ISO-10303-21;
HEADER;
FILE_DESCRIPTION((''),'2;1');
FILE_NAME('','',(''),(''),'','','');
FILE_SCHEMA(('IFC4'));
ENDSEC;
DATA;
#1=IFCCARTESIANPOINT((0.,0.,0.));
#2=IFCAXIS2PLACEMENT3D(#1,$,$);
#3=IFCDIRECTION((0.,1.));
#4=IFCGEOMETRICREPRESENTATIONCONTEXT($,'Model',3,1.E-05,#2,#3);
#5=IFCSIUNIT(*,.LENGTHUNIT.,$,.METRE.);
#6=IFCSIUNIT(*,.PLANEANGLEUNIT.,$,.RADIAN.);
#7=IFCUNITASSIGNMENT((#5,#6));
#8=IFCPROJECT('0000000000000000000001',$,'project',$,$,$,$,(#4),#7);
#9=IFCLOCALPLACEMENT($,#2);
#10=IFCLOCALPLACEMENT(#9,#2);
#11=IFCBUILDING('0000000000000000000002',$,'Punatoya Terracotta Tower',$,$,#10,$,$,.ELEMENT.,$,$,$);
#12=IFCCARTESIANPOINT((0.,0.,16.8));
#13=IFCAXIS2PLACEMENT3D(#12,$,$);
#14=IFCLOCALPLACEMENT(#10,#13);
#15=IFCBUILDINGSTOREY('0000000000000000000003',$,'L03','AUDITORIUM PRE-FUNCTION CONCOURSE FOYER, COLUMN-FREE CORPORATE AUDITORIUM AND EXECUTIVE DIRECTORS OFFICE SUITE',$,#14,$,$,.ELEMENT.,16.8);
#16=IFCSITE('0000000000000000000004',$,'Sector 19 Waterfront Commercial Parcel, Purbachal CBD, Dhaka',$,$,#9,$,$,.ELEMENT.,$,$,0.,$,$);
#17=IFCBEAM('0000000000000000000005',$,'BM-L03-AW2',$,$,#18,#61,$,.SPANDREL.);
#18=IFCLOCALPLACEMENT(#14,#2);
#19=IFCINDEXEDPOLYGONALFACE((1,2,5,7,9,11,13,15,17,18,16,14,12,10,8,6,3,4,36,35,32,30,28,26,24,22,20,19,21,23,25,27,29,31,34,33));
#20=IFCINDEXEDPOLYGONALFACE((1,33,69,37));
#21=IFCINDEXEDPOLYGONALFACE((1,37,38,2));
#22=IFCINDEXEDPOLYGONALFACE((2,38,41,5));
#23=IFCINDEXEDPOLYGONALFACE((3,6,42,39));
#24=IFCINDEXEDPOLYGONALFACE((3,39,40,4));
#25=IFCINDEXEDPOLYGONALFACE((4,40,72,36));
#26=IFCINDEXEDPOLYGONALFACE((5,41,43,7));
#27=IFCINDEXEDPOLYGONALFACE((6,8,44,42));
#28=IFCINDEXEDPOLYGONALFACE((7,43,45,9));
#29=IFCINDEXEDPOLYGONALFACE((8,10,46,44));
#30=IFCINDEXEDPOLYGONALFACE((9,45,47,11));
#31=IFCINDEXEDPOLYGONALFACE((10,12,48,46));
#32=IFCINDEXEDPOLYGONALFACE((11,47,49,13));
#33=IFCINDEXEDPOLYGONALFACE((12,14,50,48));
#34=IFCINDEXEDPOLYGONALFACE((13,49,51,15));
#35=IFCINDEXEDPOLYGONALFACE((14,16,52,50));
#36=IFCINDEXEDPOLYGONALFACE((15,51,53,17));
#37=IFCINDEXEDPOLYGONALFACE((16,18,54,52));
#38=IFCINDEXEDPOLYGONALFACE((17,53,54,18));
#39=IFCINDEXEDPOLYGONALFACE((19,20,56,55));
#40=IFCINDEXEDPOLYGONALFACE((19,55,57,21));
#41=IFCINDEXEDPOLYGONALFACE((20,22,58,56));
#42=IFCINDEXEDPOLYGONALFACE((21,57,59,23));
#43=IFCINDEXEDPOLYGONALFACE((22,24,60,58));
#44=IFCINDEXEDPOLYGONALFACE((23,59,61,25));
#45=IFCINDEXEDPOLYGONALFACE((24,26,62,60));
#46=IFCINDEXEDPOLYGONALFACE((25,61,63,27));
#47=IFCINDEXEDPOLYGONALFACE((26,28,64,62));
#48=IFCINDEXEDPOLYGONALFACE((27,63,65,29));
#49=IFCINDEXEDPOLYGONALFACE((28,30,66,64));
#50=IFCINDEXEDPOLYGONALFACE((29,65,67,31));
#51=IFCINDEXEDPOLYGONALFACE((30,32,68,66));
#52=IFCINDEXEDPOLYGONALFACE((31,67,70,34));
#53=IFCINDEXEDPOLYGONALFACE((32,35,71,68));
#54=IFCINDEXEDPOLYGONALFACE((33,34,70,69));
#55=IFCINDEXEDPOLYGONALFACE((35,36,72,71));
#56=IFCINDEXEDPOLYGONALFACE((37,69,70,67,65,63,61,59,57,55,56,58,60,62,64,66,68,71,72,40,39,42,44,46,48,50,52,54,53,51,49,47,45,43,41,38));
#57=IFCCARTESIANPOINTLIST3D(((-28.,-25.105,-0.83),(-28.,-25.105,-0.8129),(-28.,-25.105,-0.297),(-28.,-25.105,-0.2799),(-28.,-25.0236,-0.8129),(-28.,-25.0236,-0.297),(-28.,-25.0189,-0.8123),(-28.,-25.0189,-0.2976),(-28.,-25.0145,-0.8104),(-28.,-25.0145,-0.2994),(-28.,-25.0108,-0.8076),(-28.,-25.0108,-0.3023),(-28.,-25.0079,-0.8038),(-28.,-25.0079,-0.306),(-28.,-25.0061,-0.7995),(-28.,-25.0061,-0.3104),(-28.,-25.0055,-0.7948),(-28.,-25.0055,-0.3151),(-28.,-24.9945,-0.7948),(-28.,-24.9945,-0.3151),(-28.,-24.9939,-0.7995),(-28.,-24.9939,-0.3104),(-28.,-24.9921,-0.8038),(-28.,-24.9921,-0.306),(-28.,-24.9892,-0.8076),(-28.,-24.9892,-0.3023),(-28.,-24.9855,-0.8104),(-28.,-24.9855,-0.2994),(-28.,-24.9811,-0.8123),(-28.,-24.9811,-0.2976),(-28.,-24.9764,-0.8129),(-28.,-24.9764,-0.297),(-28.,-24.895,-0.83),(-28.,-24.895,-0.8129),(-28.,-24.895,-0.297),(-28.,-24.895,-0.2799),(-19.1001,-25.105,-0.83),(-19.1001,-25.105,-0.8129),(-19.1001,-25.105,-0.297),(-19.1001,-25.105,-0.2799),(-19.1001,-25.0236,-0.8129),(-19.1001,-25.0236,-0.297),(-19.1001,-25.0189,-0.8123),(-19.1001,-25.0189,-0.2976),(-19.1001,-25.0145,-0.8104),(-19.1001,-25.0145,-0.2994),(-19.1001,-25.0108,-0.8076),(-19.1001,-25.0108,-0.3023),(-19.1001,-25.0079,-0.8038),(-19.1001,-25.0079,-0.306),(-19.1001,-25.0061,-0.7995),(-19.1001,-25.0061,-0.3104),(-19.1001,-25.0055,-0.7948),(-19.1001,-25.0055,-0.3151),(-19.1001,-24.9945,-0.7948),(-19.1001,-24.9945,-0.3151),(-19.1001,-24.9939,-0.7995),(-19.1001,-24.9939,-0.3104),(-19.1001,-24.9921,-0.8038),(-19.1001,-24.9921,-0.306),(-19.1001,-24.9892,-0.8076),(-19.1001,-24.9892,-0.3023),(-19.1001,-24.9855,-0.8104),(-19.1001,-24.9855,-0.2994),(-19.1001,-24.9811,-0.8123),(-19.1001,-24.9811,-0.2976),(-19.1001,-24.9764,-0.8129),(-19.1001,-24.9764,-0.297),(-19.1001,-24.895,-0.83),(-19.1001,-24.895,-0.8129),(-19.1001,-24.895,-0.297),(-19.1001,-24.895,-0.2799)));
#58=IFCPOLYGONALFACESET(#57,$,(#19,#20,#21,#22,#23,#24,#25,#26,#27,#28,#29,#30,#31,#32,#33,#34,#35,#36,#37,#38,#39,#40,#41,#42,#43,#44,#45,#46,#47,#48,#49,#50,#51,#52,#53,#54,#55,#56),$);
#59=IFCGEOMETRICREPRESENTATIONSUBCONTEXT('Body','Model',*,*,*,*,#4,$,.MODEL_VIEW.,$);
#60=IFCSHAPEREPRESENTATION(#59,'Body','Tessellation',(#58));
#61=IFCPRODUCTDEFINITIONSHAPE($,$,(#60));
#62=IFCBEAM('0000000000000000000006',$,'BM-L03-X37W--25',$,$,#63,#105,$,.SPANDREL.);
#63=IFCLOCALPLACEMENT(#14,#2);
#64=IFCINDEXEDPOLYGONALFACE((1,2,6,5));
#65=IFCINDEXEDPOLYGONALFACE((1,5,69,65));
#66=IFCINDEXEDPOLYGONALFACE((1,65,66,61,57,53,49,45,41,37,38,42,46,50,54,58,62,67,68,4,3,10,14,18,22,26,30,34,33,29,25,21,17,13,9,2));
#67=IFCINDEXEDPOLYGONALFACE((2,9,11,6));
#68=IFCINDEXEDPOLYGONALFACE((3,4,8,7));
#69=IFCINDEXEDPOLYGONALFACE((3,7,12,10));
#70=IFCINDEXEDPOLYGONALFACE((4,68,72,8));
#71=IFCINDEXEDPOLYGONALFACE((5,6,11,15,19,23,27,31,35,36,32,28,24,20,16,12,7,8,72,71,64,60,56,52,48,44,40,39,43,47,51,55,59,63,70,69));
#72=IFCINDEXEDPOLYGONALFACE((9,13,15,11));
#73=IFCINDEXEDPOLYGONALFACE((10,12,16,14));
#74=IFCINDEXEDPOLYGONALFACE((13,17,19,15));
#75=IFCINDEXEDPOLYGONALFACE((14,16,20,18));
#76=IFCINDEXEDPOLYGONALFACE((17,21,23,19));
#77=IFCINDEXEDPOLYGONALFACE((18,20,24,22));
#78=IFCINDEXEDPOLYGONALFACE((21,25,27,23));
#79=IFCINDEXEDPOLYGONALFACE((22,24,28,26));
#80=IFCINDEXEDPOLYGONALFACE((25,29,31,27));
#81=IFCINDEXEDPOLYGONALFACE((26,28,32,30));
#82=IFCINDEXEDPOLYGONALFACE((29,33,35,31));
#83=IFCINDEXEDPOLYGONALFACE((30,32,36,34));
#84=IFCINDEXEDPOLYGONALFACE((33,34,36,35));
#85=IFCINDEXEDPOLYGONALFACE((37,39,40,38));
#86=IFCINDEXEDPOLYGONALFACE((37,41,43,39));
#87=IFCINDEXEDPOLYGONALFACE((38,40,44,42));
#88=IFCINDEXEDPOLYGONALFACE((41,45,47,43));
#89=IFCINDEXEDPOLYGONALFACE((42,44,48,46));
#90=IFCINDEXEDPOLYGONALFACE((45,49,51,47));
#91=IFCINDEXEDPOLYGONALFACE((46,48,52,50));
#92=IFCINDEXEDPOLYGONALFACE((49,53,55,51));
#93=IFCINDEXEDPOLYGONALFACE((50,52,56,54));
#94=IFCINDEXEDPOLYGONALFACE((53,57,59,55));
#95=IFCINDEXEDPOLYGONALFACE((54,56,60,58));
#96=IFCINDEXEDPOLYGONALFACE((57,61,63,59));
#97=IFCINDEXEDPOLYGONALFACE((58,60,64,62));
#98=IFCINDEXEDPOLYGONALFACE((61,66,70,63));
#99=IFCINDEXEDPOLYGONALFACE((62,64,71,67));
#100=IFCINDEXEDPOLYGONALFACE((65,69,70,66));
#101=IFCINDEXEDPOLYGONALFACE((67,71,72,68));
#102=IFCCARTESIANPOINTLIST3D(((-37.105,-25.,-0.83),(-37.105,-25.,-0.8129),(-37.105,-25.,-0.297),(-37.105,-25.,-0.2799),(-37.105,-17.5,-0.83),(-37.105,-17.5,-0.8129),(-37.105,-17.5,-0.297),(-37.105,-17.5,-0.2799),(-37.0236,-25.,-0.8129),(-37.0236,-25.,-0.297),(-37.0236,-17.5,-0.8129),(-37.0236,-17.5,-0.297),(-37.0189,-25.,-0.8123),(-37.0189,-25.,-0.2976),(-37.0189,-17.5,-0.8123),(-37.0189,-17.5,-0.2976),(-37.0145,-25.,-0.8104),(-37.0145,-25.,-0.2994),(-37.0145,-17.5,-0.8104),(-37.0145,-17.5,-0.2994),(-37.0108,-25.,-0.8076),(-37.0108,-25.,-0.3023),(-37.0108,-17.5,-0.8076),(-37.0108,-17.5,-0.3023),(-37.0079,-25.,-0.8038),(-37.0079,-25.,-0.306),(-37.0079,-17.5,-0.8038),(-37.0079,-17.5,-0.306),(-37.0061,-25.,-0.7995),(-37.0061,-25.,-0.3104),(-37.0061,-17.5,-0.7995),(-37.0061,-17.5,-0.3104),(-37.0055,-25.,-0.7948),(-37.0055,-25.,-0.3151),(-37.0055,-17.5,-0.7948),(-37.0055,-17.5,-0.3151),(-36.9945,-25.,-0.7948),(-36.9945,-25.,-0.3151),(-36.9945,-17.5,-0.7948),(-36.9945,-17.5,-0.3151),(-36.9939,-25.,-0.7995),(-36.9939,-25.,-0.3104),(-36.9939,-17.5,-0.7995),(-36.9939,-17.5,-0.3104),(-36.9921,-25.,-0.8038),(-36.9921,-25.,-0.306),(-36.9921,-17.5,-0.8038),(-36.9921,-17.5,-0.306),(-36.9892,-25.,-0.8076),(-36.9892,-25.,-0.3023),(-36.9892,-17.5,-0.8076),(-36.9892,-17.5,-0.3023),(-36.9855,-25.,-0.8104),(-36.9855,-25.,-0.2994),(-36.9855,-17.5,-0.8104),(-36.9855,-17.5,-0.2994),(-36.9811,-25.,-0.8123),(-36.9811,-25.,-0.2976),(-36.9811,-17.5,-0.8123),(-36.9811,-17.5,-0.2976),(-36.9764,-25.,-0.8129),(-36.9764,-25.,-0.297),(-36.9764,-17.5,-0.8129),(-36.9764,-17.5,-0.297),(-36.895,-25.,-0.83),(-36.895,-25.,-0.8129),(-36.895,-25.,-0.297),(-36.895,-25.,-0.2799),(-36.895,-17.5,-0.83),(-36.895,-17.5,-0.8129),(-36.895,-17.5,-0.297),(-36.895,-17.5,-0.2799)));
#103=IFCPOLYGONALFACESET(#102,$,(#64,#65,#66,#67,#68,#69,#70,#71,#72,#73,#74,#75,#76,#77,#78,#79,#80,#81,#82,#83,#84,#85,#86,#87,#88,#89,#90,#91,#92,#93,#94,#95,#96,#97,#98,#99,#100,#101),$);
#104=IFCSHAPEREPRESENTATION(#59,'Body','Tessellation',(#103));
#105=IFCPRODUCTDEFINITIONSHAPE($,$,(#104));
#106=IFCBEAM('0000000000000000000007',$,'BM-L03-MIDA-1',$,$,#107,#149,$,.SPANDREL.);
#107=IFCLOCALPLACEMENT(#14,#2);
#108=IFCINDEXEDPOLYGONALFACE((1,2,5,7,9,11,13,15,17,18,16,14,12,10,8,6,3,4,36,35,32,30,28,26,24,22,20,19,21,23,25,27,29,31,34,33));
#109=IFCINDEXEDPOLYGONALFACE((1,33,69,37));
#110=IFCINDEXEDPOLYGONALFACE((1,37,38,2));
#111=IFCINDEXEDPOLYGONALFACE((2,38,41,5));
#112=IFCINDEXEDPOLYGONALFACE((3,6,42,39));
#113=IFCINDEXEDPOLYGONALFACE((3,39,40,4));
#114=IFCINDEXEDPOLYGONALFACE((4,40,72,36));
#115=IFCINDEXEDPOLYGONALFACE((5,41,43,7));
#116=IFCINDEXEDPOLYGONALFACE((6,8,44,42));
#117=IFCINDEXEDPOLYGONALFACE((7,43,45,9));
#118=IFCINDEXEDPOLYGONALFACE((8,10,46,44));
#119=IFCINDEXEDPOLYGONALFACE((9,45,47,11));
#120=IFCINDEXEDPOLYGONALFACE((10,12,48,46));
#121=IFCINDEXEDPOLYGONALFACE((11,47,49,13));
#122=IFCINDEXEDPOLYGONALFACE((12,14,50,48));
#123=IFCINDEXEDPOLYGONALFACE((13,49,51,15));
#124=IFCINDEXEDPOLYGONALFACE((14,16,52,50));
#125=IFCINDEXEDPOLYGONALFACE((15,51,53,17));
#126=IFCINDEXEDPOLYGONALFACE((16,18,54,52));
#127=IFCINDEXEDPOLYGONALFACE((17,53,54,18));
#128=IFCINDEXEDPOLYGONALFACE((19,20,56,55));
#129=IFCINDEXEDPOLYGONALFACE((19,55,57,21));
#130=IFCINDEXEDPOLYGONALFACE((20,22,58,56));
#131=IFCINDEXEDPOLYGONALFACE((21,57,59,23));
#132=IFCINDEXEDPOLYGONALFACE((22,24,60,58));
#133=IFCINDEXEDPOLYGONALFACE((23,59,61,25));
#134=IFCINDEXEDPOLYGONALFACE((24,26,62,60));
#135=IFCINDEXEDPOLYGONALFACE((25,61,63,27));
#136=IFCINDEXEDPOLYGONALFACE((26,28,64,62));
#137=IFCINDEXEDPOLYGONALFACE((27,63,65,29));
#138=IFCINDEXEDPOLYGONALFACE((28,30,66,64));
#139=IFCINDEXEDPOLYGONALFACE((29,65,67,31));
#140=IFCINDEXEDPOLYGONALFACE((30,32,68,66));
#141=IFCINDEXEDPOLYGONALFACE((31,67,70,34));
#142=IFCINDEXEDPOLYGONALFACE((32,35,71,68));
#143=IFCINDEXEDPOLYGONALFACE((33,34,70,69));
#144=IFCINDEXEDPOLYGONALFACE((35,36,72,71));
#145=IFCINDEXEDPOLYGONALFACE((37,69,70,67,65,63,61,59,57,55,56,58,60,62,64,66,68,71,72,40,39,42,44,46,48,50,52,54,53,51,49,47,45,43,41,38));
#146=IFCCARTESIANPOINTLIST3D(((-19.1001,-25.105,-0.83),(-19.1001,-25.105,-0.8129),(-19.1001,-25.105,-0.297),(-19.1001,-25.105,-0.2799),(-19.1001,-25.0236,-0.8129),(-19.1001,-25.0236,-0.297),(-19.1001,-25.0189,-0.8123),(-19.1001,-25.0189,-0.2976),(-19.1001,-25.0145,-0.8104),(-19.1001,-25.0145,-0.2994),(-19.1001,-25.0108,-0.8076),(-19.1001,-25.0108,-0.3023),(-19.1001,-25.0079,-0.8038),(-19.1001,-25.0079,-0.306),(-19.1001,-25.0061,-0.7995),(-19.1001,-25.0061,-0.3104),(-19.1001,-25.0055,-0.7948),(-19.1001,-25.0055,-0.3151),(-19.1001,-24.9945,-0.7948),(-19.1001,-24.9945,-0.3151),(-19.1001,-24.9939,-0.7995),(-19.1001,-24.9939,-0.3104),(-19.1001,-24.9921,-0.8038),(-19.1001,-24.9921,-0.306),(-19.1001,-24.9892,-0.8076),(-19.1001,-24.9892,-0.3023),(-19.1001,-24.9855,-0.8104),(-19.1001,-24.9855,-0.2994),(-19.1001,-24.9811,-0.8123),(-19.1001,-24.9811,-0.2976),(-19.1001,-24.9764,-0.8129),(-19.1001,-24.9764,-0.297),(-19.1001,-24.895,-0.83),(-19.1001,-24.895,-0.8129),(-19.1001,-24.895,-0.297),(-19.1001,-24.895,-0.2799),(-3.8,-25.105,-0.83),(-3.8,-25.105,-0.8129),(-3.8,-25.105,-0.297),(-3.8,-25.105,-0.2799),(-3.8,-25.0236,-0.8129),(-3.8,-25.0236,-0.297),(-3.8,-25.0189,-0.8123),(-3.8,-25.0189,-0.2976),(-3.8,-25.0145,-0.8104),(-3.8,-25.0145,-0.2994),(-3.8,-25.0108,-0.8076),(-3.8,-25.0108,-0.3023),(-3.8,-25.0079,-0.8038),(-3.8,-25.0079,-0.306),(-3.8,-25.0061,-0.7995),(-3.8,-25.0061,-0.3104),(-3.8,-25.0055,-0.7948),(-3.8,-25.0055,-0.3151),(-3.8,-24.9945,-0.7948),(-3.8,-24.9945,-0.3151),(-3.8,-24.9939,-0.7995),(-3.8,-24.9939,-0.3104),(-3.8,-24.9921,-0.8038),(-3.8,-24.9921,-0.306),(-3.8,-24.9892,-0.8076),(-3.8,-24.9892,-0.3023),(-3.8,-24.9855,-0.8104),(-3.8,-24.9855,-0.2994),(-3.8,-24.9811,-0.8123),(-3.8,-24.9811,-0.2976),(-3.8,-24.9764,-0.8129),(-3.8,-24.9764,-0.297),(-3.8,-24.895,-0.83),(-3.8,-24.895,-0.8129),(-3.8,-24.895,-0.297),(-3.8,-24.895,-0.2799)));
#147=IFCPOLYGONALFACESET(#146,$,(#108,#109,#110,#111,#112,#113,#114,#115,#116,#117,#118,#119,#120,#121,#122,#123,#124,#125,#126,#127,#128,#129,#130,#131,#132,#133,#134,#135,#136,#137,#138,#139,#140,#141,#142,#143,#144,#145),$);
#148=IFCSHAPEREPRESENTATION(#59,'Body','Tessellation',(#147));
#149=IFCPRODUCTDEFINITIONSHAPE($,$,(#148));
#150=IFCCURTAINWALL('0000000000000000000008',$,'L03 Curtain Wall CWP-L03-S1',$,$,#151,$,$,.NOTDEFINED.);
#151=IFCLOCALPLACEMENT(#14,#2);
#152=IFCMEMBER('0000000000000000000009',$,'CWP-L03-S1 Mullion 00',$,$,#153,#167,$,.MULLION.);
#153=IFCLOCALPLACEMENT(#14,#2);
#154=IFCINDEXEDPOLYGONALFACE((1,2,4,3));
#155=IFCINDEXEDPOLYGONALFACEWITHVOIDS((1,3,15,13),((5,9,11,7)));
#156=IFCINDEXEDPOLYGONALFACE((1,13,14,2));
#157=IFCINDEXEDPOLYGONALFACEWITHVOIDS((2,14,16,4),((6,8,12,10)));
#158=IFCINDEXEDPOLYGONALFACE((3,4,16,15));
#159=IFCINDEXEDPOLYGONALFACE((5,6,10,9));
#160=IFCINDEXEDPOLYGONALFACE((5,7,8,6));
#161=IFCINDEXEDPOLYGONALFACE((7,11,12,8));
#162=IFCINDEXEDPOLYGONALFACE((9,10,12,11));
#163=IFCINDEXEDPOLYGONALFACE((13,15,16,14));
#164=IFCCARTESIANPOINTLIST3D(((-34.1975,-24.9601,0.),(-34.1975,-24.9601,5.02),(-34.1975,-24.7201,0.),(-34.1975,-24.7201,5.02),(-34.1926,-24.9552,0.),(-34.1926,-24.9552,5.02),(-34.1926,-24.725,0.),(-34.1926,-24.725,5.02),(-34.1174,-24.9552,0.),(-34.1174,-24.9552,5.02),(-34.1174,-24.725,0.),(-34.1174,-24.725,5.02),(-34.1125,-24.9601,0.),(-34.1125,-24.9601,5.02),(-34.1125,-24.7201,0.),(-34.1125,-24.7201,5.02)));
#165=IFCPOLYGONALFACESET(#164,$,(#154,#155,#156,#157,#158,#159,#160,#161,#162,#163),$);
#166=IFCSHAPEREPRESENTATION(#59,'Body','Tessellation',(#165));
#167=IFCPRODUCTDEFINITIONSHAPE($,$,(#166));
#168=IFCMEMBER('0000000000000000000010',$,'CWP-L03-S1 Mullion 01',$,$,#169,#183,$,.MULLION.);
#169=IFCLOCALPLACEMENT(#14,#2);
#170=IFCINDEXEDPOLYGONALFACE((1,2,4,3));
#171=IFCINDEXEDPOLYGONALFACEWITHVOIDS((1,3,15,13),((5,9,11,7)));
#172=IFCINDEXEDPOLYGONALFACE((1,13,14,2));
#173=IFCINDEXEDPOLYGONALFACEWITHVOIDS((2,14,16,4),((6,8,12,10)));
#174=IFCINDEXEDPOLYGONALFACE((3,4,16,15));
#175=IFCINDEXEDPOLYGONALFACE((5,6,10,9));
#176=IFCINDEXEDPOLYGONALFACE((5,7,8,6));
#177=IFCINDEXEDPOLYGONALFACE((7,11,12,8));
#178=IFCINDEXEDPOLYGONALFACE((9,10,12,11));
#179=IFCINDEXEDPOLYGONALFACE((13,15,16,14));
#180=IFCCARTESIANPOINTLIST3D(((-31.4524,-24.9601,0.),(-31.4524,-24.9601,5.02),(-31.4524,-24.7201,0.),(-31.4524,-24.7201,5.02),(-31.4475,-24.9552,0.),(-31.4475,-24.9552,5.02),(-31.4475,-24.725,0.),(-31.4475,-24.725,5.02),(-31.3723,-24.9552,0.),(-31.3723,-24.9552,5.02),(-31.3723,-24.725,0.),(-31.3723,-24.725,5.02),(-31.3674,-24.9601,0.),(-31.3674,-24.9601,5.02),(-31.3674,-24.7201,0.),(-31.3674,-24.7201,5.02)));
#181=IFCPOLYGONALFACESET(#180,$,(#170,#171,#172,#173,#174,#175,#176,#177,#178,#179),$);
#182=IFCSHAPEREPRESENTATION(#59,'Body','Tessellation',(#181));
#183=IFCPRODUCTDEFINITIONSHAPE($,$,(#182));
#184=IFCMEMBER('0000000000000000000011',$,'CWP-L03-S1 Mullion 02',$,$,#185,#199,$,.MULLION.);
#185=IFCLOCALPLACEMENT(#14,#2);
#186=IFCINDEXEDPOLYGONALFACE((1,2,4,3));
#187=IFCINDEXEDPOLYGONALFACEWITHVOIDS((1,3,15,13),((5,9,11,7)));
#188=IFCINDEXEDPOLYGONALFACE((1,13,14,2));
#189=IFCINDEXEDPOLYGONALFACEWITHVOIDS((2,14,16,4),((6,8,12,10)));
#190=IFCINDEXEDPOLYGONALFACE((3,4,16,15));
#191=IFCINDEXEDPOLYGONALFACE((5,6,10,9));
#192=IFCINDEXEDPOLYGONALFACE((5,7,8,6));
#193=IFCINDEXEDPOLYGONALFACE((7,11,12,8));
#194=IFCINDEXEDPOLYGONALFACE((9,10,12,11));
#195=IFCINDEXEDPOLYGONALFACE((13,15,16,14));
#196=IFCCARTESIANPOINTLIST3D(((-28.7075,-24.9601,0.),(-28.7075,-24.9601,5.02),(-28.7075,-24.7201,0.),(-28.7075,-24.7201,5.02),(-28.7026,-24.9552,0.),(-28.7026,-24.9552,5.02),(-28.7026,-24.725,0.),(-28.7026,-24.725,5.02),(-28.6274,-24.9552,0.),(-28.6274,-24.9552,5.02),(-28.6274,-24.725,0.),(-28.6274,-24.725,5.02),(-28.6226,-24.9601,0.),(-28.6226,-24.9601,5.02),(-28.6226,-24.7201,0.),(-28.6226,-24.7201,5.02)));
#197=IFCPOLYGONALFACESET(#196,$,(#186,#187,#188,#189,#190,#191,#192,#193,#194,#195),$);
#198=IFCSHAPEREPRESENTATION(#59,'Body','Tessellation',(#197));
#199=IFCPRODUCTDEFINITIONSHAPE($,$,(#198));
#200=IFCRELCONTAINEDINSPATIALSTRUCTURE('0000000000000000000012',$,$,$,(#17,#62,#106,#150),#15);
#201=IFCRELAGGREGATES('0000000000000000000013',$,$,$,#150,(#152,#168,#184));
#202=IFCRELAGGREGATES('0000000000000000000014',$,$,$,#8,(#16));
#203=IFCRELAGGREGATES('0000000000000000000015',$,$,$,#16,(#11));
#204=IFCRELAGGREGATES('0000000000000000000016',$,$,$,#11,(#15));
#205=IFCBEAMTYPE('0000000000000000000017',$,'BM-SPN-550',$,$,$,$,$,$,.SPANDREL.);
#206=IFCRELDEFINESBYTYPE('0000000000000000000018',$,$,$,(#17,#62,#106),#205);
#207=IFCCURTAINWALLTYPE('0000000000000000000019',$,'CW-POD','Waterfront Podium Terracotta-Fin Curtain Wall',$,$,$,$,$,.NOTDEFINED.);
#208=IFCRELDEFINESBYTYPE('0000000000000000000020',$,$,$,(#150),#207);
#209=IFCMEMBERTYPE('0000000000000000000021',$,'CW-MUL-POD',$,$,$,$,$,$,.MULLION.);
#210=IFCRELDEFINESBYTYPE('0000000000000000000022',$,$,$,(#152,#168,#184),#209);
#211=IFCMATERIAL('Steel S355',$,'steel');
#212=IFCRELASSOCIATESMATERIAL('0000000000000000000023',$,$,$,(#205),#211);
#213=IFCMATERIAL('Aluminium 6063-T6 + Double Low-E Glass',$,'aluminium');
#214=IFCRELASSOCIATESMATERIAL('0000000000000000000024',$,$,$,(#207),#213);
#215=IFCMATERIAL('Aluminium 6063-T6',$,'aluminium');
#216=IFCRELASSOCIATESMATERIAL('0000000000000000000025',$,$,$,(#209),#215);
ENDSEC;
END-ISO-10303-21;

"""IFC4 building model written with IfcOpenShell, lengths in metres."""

from ifc_helpers import new_model, si_unit, direction, frame, origin, origin_2d, place, context, subcontext, project, spatial, hollow_rectangle, i_section, extrude, material, material_profile, profile_set, type_object, element, aggregate, save


model = new_model("IFC4")

# Units and contexts
model_context = context("Model", 3, precision=1e-05, world=origin(), true_north=direction((0.0, 1.0)))
body_context = subcontext(model_context, "Body", "Model", "MODEL_VIEW")
ifc_project = project(units=[si_unit("LENGTHUNIT", "METRE"), si_unit("PLANEANGLEUNIT", "RADIAN")], contexts=[model_context])

# Site, building, storey
site_placement = place(None, origin())
site = spatial("IfcSite", under=ifc_project, at=site_placement, Name="Sector 19 Waterfront Commercial Parcel, Purbachal CBD, Dhaka", CompositionType="ELEMENT", RefElevation=0.0)
building_placement = place(site_placement, origin())
building = spatial("IfcBuilding", under=site, at=building_placement, Name="Punatoya Terracotta Tower", CompositionType="ELEMENT")
storey_placement = place(building_placement, frame((0.0, 0.0, 16.8)))
storey = spatial("IfcBuildingStorey", under=building, at=storey_placement, Name="L03", Description="AUDITORIUM PRE-FUNCTION CONCOURSE FOYER, COLUMN-FREE CORPORATE AUDITORIUM AND EXECUTIVE DIRECTORS OFFICE SUITE", CompositionType="ELEMENT", Elevation=16.8)

# Beams
ifc_material_1 = material(Name="Steel S355", Category="steel")
ifc_material_profile_1 = material_profile(ifc_material_1, i_section(OverallWidth=0.21, OverallDepth=0.55, WebThickness=0.011, FlangeThickness=0.0171, FilletRadius=0.0181, at=origin_2d()))
ifc_profile_set_1 = profile_set([ifc_material_profile_1], Name="Steel S355")
beam_type_1 = type_object("IfcBeamType", Name="BM-SPN-550", PredefinedType="SPANDREL", material=ifc_profile_set_1)
beam_1_placement = place(storey_placement, frame((-28.0, -25.0, -0.5549), z_axis=(1.0, 0.0, 0.0), x_axis=(0.0, 1.0, 0.0)))
element("IfcBeam", 1, at=beam_1_placement, inside=storey, type_object=beam_type_1, Name="BM-L03-AW2", PredefinedType="SPANDREL", context=body_context, shape_type="SweptSolid", body=[
    extrude(i_section(OverallWidth=0.21, OverallDepth=0.55, WebThickness=0.011, FlangeThickness=0.0171, FilletRadius=0.0181, at=origin_2d()), origin(), (0.0, 0.0, 1.0), 8.8999),
])
beam_2_placement = place(storey_placement, frame((-37.0, -25.0, -0.5549), z_axis=(0.0, 1.0, 0.0), x_axis=(-1.0, 0.0, 0.0)))
element("IfcBeam", 2, at=beam_2_placement, inside=storey, type_object=beam_type_1, Name="BM-L03-X37W--25", PredefinedType="SPANDREL", context=body_context, shape_type="SweptSolid", body=[
    extrude(i_section(OverallWidth=0.21, OverallDepth=0.55, WebThickness=0.011, FlangeThickness=0.0171, FilletRadius=0.0181, at=origin_2d()), origin(), (0.0, 0.0, 1.0), 7.5),
])
beam_3_placement = place(storey_placement, frame((-19.1001, -25.0, -0.5549), z_axis=(1.0, 0.0, 0.0), x_axis=(0.0, 1.0, 0.0)))
element("IfcBeam", 3, at=beam_3_placement, inside=storey, type_object=beam_type_1, Name="BM-L03-MIDA-1", PredefinedType="SPANDREL", context=body_context, shape_type="SweptSolid", body=[
    extrude(i_section(OverallWidth=0.21, OverallDepth=0.55, WebThickness=0.011, FlangeThickness=0.0171, FilletRadius=0.0181, at=origin_2d()), origin(), (0.0, 0.0, 1.0), 15.3),
])

# Curtain wall, members
ifc_material_2 = material(Name="Aluminium 6063-T6 + Double Low-E Glass", Category="aluminium")
curtain_wall_type = type_object("IfcCurtainWallType", Name="CW-POD", Description="Waterfront Podium Terracotta-Fin Curtain Wall", PredefinedType="NOTDEFINED", material=ifc_material_2)
curtain_wall_1_placement = place(storey_placement, origin())
curtain_wall_1 = element("IfcCurtainWall", 4, at=curtain_wall_1_placement, inside=storey, type_object=curtain_wall_type, Name="L03 Curtain Wall CWP-L03-S1", PredefinedType="NOTDEFINED")
ifc_material_3 = material(Name="Aluminium 6063-T6", Category="aluminium")
ifc_material_profile_2 = material_profile(ifc_material_3, hollow_rectangle(XDim=0.085, YDim=0.24, WallThickness=0.0049, at=origin_2d()))
ifc_profile_set_2 = profile_set([ifc_material_profile_2], Name="Aluminium 6063-T6")
member_type_1 = type_object("IfcMemberType", Name="CW-MUL-POD", PredefinedType="MULLION", material=ifc_profile_set_2)
member_1_placement = place(storey_placement, frame((-34.155, -24.8401, 0.0), z_axis=(0.0, 0.0, 1.0), x_axis=(1.0, 0.0, 0.0)))
member_1 = element("IfcMember", 5, at=member_1_placement, type_object=member_type_1, Name="CWP-L03-S1 Mullion 00", PredefinedType="MULLION", context=body_context, shape_type="SweptSolid", body=[
    extrude(hollow_rectangle(XDim=0.085, YDim=0.24, WallThickness=0.0049, at=origin_2d()), origin(), (0.0, 0.0, 1.0), 5.02),
])
member_2_placement = place(storey_placement, frame((-31.4099, -24.8401, 0.0), z_axis=(0.0, 0.0, 1.0), x_axis=(1.0, 0.0, 0.0)))
member_2 = element("IfcMember", 6, at=member_2_placement, type_object=member_type_1, Name="CWP-L03-S1 Mullion 01", PredefinedType="MULLION", context=body_context, shape_type="SweptSolid", body=[
    extrude(hollow_rectangle(XDim=0.085, YDim=0.24, WallThickness=0.0049, at=origin_2d()), origin(), (0.0, 0.0, 1.0), 5.02),
])
member_3_placement = place(storey_placement, frame((-28.665, -24.8401, 0.0), z_axis=(0.0, 0.0, 1.0), x_axis=(1.0, 0.0, 0.0)))
member_3 = element("IfcMember", 7, at=member_3_placement, type_object=member_type_1, Name="CWP-L03-S1 Mullion 02", PredefinedType="MULLION", context=body_context, shape_type="SweptSolid", body=[
    extrude(hollow_rectangle(XDim=0.085, YDim=0.24, WallThickness=0.0049, at=origin_2d()), origin(), (0.0, 0.0, 1.0), 5.02),
])

aggregate(curtain_wall_1, [member_1, member_2, member_3])

save(model, "model.ifc")
